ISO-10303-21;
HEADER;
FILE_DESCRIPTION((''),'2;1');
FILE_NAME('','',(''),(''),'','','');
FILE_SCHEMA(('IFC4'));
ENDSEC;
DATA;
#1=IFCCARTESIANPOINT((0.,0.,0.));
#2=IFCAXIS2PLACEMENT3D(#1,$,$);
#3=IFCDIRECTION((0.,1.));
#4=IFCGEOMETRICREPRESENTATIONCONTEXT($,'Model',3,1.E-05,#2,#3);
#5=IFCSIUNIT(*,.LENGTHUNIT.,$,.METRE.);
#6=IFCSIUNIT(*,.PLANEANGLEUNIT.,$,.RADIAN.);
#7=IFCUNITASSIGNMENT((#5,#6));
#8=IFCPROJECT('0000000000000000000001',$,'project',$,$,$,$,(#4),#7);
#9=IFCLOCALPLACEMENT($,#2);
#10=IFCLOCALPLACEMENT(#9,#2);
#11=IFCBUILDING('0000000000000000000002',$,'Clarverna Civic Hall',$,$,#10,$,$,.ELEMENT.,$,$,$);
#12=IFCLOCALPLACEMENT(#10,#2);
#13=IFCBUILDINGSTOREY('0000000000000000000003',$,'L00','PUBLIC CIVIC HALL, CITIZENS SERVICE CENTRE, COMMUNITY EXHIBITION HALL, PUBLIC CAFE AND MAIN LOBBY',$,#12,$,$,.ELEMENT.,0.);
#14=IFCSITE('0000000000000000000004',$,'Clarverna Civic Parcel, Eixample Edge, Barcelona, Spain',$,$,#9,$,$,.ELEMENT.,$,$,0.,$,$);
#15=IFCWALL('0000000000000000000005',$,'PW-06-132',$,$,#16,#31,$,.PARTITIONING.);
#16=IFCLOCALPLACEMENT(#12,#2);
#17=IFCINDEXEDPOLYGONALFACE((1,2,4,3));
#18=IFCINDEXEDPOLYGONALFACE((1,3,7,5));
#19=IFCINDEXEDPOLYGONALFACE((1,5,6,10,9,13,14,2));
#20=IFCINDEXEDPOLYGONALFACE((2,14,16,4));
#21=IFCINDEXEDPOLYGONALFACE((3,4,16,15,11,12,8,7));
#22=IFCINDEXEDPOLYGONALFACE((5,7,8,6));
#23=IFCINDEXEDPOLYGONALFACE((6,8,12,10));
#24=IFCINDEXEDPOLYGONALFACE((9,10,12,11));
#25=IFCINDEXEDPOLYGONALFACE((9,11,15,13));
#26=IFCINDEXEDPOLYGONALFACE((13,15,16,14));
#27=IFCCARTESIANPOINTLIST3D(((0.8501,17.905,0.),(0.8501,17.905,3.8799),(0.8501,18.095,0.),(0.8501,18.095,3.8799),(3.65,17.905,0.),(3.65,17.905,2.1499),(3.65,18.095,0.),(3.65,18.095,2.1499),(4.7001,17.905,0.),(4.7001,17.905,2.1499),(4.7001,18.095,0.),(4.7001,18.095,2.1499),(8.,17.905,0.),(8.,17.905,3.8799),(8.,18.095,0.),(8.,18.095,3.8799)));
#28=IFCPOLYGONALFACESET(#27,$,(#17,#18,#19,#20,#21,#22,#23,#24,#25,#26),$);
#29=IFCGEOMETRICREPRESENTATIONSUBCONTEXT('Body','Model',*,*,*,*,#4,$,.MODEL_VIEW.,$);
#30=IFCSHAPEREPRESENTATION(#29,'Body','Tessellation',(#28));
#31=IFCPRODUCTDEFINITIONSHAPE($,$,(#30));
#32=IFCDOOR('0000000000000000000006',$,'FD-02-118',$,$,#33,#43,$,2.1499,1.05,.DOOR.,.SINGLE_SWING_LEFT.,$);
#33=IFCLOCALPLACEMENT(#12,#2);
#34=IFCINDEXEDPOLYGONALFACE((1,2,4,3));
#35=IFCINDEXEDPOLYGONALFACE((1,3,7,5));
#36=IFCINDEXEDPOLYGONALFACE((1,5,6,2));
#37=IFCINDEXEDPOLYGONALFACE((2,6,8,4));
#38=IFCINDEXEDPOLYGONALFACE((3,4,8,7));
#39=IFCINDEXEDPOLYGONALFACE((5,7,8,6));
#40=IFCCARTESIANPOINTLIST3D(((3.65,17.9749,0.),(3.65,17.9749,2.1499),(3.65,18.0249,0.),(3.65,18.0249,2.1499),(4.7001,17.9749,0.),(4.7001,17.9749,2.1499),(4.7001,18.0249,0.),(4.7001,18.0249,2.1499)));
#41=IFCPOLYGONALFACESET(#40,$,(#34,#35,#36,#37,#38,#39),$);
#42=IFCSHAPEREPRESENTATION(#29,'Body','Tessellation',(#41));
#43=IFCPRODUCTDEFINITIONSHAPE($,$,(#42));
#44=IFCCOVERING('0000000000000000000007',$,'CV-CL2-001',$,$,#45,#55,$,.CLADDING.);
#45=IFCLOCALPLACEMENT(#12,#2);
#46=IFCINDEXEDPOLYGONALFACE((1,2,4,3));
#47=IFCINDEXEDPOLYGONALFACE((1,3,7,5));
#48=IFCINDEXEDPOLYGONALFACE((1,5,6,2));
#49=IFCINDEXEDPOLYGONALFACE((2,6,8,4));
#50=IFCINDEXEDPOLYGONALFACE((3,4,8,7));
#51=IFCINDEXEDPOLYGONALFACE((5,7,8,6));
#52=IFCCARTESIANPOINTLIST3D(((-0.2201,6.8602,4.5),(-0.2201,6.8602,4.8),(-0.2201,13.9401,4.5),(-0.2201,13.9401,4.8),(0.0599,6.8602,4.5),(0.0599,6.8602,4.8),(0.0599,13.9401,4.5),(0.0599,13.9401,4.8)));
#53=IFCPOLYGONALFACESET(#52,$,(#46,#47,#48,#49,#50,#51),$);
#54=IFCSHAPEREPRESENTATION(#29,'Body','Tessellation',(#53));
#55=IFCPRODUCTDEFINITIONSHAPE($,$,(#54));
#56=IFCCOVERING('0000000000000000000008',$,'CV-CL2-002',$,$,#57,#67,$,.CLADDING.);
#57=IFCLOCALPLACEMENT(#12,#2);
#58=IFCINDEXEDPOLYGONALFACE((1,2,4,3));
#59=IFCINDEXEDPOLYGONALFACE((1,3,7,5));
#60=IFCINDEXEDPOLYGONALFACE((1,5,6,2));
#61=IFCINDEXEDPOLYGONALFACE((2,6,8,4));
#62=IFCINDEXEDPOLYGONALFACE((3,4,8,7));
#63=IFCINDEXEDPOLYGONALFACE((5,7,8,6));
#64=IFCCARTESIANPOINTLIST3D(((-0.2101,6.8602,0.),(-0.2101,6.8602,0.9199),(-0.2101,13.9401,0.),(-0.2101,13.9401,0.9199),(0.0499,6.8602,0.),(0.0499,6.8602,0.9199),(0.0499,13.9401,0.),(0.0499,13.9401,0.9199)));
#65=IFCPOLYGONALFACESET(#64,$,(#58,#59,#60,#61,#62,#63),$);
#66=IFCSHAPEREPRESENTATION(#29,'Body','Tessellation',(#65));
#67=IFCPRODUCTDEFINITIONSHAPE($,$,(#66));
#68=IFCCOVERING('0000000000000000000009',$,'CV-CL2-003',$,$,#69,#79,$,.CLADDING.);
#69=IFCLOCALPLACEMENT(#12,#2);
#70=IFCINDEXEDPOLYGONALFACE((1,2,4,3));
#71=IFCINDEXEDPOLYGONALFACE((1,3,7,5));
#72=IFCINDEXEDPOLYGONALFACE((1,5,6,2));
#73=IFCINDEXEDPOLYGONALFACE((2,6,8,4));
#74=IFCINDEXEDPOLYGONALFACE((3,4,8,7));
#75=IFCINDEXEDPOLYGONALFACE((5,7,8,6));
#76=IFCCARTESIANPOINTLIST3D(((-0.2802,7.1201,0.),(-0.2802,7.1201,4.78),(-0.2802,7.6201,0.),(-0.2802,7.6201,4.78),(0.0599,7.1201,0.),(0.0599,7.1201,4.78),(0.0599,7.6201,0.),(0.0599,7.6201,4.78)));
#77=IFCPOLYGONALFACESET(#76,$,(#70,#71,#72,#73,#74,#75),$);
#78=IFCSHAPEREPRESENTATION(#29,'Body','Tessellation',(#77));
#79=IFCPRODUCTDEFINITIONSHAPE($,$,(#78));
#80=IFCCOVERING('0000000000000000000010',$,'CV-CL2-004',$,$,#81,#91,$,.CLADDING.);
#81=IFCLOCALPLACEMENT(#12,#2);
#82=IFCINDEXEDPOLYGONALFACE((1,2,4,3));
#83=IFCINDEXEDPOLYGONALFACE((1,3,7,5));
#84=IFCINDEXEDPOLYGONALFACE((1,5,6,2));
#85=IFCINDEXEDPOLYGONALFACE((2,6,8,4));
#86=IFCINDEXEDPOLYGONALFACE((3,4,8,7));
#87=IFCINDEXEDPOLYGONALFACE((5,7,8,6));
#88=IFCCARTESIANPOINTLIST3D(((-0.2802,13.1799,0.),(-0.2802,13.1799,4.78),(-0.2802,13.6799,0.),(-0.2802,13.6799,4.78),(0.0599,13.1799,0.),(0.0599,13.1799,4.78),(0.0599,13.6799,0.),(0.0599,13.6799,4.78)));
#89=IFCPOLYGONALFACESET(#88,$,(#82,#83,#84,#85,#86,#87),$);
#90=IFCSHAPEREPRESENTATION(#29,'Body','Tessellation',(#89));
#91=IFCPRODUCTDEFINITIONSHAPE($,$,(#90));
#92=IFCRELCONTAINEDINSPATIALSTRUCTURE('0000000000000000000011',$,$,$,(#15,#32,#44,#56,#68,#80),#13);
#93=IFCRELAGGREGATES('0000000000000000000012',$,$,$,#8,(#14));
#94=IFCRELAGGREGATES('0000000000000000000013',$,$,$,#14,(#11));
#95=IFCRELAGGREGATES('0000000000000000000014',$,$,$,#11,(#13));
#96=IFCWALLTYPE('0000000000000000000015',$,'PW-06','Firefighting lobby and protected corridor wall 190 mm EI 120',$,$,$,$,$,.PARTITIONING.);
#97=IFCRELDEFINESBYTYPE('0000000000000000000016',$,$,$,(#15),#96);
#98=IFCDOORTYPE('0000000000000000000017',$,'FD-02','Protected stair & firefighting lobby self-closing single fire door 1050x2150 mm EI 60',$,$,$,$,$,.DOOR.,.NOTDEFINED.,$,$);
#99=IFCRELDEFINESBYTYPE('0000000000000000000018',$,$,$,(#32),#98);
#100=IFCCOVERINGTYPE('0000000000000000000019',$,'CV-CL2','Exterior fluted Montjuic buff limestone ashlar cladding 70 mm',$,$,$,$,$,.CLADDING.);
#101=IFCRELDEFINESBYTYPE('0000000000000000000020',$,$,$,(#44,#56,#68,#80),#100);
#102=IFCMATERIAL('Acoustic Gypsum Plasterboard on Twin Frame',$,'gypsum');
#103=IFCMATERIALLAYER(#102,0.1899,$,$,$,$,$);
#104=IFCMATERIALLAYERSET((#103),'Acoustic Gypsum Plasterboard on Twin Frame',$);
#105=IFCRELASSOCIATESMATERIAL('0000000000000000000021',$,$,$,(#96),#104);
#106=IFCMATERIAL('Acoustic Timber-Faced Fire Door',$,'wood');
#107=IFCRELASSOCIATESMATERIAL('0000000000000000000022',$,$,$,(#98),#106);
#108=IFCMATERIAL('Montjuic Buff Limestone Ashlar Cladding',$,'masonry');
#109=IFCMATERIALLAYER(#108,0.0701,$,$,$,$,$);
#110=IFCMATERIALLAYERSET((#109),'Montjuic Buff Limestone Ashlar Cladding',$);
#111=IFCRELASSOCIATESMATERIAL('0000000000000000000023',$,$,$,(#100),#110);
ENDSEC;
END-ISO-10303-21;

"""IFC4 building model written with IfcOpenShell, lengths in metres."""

from ifc_helpers import new_model, si_unit, direction, frame, frame_2d, origin, place, context, subcontext, project, spatial, rectangle, extrude, material, layer, layer_set, type_object, element, fill, save


model = new_model("IFC4")

# Units and contexts
model_context = context("Model", 3, precision=1e-05, world=origin(), true_north=direction((0.0, 1.0)))
body_context = subcontext(model_context, "Body", "Model", "MODEL_VIEW")
ifc_project = project(units=[si_unit("LENGTHUNIT", "METRE"), si_unit("PLANEANGLEUNIT", "RADIAN")], contexts=[model_context])

# Site, building, storey
site_placement = place(None, origin())
site = spatial("IfcSite", under=ifc_project, at=site_placement, Name="Clarverna Civic Parcel, Eixample Edge, Barcelona, Spain", CompositionType="ELEMENT", RefElevation=0.0)
building_placement = place(site_placement, origin())
building = spatial("IfcBuilding", under=site, at=building_placement, Name="Clarverna Civic Hall", CompositionType="ELEMENT")
storey_placement = place(building_placement, origin())
storey = spatial("IfcBuildingStorey", under=building, at=storey_placement, Name="L00", Description="PUBLIC CIVIC HALL, CITIZENS SERVICE CENTRE, COMMUNITY EXHIBITION HALL, PUBLIC CAFE AND MAIN LOBBY", CompositionType="ELEMENT", Elevation=0.0)

# Shared definitions
ifc_material_1 = material(Name="Acoustic Gypsum Plasterboard on Twin Frame", Category="gypsum")
ifc_layer_1 = layer(ifc_material_1, 0.1899)
ifc_layer_set_1 = layer_set([ifc_layer_1], Name="Acoustic Gypsum Plasterboard on Twin Frame")
wall_type_1 = type_object("IfcWallType", Name="PW-06", Description="Firefighting lobby and protected corridor wall 190 mm EI 120", PredefinedType="PARTITIONING", material=ifc_layer_set_1)

# Wall, opening, door
wall_1_placement = place(storey_placement, frame((0.8501, 18.0, 0.0), z_axis=(0.0, 0.0, 1.0), x_axis=(1.0, 0.0, 0.0)))
wall_1 = element("IfcWall", 1, at=wall_1_placement, inside=storey, type_object=wall_type_1, Name="PW-06-132", PredefinedType="PARTITIONING", context=body_context, shape_type="SweptSolid", body=[
    extrude(rectangle(XDim=7.1499, YDim=0.1899, at=frame_2d((3.575, 0.0))), origin(), (0.0, 0.0, 1.0), 3.8799),
])
opening_1_placement = place(wall_1_placement, frame((2.8, 0.0, 0.0)))
opening_1 = element("IfcOpeningElement", 2, at=opening_1_placement, cuts=wall_1, PredefinedType="OPENING", context=body_context, shape_type="SweptSolid", body=[
    extrude(rectangle(XDim=1.05, YDim=2.1499, at=frame_2d((0.5249, 1.075))), frame((0.0, 0.105, 0.0), z_axis=(0.0, -1.0, 0.0), x_axis=(1.0, 0.0, 0.0)), (0.0, 0.0, 1.0), 0.21),
])
ifc_material_2 = material(Name="Acoustic Timber-Faced Fire Door", Category="wood")
door_type_1 = type_object("IfcDoorType", Name="FD-02", Description="Protected stair & firefighting lobby self-closing single fire door 1050x2150 mm EI 60", OperationType="NOTDEFINED", PredefinedType="DOOR", material=ifc_material_2)
door_1_placement = place(opening_1_placement, origin())
door_1 = element("IfcDoor", 3, at=door_1_placement, inside=storey, type_object=door_type_1, Name="FD-02-118", OperationType="SINGLE_SWING_LEFT", OverallHeight=2.1499, OverallWidth=1.05, PredefinedType="DOOR", context=body_context, shape_type="SweptSolid", body=[
    extrude(rectangle(XDim=1.05, YDim=2.1499, at=frame_2d((0.5249, 1.075))), frame((0.0, 0.0249, 0.0), z_axis=(0.0, -1.0, 0.0), x_axis=(1.0, 0.0, 0.0)), (0.0, 0.0, 1.0), 0.05),
])
fill(opening_1, door_1)

# Coverings
ifc_material_3 = material(Name="Montjuic Buff Limestone Ashlar Cladding", Category="masonry")
ifc_layer_2 = layer(ifc_material_3, 0.0701)
ifc_layer_set_2 = layer_set([ifc_layer_2], Name="Montjuic Buff Limestone Ashlar Cladding")
covering_type = type_object("IfcCoveringType", Name="CV-CL2", Description="Exterior fluted Montjuic buff limestone ashlar cladding 70 mm", PredefinedType="CLADDING", material=ifc_layer_set_2)
covering_1_placement = place(storey_placement, frame((-0.0801, 6.8601, 4.5), z_axis=(0.0, 0.0, 1.0), x_axis=(0.0, 1.0, 0.0)))
element("IfcCovering", 4, at=covering_1_placement, inside=storey, type_object=covering_type, Name="CV-CL2-001", PredefinedType="CLADDING", context=body_context, shape_type="SweptSolid", body=[
    extrude(rectangle(XDim=7.0798, YDim=0.28, at=frame_2d((3.54, 0.0))), origin(), (0.0, 0.0, 1.0), 0.3),
])
covering_2_placement = place(storey_placement, frame((-0.0801, 6.8601, 0.0), z_axis=(0.0, 0.0, 1.0), x_axis=(0.0, 1.0, 0.0)))
element("IfcCovering", 5, at=covering_2_placement, inside=storey, type_object=covering_type, Name="CV-CL2-002", PredefinedType="CLADDING", context=body_context, shape_type="SweptSolid", body=[
    extrude(rectangle(XDim=7.0798, YDim=0.26, at=frame_2d((3.54, 0.0))), origin(), (0.0, 0.0, 1.0), 0.9199),
])
for number, where, z_axis, x_axis, name in (
    (6, (-0.1101, 7.1201, 0.0), (0.0, 0.0, 1.0), (0.0, 1.0, 0.0), "CV-CL2-003"),
    (7, (-0.1101, 13.1799, 0.0), (0.0, 0.0, 1.0), (0.0, 1.0, 0.0), "CV-CL2-004"),
):
    element("IfcCovering", number, at=place(storey_placement, frame(where, z_axis=z_axis, x_axis=x_axis)), inside=storey, type_object=covering_type, Name=name, PredefinedType="CLADDING", context=body_context, shape_type="SweptSolid", body=[
        extrude(rectangle(XDim=0.5, YDim=0.3401, at=frame_2d((0.25, 0.0))), origin(), (0.0, 0.0, 1.0), 4.78),
    ])

save(model, "model.ifc")
